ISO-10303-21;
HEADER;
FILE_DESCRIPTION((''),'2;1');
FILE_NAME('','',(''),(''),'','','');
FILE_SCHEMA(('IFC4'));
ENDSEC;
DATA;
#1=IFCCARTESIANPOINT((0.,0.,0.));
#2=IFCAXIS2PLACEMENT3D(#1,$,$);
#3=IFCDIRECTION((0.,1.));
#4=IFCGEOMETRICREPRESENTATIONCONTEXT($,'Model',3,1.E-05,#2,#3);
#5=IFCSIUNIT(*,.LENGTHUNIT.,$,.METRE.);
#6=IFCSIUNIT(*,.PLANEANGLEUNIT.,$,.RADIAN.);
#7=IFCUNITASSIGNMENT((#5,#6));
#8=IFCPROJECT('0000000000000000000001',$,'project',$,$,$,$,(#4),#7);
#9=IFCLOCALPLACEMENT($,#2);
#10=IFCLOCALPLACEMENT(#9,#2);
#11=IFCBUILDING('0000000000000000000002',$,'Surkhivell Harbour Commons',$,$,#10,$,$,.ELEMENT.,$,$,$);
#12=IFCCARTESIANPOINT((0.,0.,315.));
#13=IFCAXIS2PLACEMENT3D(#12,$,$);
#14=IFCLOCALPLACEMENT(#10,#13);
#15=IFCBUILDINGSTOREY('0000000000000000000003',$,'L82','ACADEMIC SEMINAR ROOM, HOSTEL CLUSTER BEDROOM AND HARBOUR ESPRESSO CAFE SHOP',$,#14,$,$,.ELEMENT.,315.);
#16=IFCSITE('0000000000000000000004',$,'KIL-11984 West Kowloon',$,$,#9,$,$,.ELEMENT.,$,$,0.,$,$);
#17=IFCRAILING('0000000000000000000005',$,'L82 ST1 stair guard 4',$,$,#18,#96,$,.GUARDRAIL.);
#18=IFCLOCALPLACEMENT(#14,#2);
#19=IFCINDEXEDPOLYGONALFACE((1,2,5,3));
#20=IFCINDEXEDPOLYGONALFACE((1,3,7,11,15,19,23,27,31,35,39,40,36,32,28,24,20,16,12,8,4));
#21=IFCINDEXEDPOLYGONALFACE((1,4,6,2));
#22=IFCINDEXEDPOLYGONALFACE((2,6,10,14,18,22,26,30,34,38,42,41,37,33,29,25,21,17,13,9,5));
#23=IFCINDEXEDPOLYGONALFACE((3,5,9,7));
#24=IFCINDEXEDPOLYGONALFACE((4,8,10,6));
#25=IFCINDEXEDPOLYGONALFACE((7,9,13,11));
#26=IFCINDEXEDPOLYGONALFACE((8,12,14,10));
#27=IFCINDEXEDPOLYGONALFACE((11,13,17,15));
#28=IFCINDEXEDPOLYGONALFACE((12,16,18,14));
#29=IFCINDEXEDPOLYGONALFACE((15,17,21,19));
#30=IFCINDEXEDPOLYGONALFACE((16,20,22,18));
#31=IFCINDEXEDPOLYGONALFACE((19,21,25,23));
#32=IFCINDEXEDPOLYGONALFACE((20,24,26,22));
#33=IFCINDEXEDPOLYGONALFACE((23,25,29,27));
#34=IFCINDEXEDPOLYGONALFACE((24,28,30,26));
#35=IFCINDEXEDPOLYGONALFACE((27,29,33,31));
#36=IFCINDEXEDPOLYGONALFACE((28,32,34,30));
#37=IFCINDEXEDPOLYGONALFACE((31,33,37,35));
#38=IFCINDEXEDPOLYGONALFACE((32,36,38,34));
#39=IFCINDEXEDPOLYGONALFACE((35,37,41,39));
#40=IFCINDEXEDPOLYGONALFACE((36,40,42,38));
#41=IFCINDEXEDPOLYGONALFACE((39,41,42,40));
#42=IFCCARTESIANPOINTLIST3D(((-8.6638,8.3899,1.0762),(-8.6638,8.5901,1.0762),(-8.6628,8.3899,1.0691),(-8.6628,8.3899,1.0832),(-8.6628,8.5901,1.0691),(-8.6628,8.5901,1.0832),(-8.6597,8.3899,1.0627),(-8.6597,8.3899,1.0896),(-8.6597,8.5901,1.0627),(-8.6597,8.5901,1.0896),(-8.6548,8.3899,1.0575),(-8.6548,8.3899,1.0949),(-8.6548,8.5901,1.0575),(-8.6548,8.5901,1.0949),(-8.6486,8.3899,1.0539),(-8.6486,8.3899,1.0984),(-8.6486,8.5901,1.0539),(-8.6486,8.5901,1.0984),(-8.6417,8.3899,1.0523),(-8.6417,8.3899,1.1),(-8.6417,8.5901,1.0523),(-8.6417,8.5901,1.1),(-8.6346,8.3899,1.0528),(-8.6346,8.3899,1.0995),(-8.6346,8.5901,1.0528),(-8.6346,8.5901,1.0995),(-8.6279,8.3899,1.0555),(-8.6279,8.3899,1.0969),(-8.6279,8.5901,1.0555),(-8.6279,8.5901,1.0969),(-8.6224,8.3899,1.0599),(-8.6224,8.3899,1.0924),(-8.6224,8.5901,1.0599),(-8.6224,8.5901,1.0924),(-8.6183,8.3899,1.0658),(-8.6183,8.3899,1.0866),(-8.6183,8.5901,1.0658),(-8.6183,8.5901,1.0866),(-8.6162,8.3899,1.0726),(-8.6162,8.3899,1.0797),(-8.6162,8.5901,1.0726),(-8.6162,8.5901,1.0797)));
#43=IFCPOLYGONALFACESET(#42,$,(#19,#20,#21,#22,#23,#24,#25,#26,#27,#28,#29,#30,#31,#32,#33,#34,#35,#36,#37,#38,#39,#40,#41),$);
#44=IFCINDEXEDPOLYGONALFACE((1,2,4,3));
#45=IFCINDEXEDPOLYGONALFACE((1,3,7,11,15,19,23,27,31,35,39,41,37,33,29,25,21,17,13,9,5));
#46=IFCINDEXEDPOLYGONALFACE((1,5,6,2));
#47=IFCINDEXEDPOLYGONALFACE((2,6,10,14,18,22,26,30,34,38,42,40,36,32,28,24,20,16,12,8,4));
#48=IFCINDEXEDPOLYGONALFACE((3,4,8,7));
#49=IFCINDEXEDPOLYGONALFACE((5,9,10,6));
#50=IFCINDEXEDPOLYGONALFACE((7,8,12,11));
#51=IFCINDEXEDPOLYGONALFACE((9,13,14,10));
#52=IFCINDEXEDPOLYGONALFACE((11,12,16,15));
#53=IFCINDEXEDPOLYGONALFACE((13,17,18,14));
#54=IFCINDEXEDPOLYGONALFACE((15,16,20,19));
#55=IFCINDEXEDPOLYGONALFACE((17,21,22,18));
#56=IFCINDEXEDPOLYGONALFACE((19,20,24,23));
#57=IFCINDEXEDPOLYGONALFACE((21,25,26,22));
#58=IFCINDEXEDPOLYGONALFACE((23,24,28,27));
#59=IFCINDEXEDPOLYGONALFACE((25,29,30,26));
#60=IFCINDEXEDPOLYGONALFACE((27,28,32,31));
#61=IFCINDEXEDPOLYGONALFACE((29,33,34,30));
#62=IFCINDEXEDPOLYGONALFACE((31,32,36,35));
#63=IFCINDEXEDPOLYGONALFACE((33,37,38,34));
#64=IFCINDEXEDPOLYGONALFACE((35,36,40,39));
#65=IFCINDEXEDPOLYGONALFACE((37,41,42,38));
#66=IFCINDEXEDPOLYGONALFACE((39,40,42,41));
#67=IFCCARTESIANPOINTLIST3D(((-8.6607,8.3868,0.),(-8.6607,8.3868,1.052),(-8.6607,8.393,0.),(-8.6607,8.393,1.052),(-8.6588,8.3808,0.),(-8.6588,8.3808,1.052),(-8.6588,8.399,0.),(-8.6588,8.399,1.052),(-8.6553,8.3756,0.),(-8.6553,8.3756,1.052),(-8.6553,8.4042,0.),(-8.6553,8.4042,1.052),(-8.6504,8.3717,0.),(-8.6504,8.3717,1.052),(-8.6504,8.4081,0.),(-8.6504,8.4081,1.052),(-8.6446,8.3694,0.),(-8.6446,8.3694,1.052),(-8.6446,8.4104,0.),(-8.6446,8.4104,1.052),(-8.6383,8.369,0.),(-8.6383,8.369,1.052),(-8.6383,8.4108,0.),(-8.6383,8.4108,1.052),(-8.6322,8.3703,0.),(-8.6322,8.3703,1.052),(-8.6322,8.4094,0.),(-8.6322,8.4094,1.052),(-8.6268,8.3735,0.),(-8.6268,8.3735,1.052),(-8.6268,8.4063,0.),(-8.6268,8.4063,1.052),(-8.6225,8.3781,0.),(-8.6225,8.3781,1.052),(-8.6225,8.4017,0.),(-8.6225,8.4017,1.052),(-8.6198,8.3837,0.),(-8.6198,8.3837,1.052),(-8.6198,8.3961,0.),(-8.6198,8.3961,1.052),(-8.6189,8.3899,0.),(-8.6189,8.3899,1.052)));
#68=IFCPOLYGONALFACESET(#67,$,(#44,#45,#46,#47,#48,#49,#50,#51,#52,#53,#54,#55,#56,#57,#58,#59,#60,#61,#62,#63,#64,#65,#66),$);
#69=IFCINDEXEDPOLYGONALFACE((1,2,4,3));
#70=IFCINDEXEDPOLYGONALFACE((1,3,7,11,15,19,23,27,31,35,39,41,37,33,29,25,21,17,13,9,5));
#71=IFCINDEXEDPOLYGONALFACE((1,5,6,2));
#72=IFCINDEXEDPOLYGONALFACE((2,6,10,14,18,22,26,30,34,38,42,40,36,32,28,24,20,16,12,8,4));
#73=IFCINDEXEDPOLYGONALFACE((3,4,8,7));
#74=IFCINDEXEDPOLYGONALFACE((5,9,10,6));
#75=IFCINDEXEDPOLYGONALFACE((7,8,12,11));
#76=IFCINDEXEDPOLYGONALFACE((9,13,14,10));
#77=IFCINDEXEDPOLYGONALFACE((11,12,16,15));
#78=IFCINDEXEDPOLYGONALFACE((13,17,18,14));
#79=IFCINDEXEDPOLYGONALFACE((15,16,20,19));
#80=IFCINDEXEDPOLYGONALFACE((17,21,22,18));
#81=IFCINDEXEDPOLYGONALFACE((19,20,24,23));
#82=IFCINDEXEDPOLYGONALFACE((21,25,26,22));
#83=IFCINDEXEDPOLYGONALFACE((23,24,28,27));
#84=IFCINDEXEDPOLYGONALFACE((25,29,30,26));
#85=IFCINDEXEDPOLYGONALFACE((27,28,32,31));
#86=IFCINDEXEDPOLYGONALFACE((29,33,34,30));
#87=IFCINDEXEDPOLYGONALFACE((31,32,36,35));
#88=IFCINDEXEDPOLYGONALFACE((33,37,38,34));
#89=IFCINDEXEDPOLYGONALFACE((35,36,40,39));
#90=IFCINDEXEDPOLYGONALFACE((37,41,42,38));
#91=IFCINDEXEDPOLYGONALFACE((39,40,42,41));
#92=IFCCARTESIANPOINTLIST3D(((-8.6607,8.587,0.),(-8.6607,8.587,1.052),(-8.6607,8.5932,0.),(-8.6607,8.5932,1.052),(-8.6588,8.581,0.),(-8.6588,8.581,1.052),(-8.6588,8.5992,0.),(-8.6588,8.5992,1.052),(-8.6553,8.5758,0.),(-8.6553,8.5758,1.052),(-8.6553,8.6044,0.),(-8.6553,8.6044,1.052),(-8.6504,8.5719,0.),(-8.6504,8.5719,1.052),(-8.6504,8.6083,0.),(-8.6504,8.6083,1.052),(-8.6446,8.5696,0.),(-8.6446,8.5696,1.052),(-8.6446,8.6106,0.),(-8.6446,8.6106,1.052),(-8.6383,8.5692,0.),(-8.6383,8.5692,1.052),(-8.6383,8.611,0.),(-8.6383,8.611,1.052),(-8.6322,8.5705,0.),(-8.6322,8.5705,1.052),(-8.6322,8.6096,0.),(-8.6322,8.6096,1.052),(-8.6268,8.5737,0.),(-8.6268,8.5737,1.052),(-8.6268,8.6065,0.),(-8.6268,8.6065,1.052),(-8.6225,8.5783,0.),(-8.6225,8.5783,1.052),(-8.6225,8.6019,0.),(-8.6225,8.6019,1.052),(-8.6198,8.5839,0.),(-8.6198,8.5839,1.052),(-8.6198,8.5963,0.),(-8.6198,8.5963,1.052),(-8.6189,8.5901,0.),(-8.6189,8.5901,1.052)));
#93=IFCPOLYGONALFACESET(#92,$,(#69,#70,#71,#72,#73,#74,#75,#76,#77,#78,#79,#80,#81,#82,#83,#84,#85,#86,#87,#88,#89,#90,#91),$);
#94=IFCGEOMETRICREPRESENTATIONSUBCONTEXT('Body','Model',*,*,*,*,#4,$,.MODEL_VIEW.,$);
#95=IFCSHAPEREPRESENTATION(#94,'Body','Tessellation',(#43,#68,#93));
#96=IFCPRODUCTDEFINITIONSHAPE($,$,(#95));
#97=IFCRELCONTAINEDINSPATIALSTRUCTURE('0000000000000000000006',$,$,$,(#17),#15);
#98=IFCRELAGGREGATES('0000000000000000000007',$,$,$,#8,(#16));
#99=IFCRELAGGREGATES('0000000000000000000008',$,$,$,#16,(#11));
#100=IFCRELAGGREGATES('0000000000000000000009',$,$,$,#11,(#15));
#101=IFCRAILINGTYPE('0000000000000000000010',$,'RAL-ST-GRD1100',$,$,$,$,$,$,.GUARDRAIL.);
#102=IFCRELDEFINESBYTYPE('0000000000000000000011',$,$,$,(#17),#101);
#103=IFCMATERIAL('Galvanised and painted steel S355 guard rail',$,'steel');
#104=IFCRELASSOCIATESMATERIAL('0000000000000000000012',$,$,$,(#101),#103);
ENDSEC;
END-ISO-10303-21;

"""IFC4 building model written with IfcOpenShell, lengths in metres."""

from ifc_helpers import new_model, si_unit, direction, frame, origin, origin_2d, place, context, subcontext, project, spatial, circle, extrude, material, type_object, element, save


model = new_model("IFC4")

# Units and contexts
model_context = context("Model", 3, precision=1e-05, world=origin(), true_north=direction((0.0, 1.0)))
body_context = subcontext(model_context, "Body", "Model", "MODEL_VIEW")
ifc_project = project(units=[si_unit("LENGTHUNIT", "METRE"), si_unit("PLANEANGLEUNIT", "RADIAN")], contexts=[model_context])

# Site, building, storey
site_placement = place(None, origin())
site = spatial("IfcSite", under=ifc_project, at=site_placement, Name="KIL-11984 West Kowloon", CompositionType="ELEMENT", RefElevation=0.0)
building_placement = place(site_placement, origin())
building = spatial("IfcBuilding", under=site, at=building_placement, Name="Surkhivell Harbour Commons", CompositionType="ELEMENT")
storey_placement = place(building_placement, frame((0.0, 0.0, 315.0)))
storey = spatial("IfcBuildingStorey", under=building, at=storey_placement, Name="L82", Description="ACADEMIC SEMINAR ROOM, HOSTEL CLUSTER BEDROOM AND HARBOUR ESPRESSO CAFE SHOP", CompositionType="ELEMENT", Elevation=315.0)

# Railing
ifc_material_1 = material(Name="Galvanised and painted steel S355 guard rail", Category="steel")
railing_type_1 = type_object("IfcRailingType", Name="RAL-ST-GRD1100", PredefinedType="GUARDRAIL", material=ifc_material_1)
railing_1_placement = place(storey_placement, frame((-8.6399, 8.3899, 0.0)))
element("IfcRailing", 1, at=railing_1_placement, inside=storey, type_object=railing_type_1, Name="L82 ST1 stair guard 4", PredefinedType="GUARDRAIL", context=body_context, shape_type="SweptSolid", body=[
    extrude(circle(Radius=0.0239, at=origin_2d()), frame((0.0, 0.0, 1.0762), z_axis=(0.0, 1.0, 0.0), x_axis=(-1.0, 0.0, 0.0)), (0.0, 0.0, 1.0), 0.2002),
    extrude(circle(Radius=0.021, at=origin_2d()), origin(), (0.0, 0.0, 1.0), 1.052),
    extrude(circle(Radius=0.021, at=origin_2d()), frame((0.0, 0.2002, 0.0)), (0.0, 0.0, 1.0), 1.052),
])

save(model, "model.ifc")
